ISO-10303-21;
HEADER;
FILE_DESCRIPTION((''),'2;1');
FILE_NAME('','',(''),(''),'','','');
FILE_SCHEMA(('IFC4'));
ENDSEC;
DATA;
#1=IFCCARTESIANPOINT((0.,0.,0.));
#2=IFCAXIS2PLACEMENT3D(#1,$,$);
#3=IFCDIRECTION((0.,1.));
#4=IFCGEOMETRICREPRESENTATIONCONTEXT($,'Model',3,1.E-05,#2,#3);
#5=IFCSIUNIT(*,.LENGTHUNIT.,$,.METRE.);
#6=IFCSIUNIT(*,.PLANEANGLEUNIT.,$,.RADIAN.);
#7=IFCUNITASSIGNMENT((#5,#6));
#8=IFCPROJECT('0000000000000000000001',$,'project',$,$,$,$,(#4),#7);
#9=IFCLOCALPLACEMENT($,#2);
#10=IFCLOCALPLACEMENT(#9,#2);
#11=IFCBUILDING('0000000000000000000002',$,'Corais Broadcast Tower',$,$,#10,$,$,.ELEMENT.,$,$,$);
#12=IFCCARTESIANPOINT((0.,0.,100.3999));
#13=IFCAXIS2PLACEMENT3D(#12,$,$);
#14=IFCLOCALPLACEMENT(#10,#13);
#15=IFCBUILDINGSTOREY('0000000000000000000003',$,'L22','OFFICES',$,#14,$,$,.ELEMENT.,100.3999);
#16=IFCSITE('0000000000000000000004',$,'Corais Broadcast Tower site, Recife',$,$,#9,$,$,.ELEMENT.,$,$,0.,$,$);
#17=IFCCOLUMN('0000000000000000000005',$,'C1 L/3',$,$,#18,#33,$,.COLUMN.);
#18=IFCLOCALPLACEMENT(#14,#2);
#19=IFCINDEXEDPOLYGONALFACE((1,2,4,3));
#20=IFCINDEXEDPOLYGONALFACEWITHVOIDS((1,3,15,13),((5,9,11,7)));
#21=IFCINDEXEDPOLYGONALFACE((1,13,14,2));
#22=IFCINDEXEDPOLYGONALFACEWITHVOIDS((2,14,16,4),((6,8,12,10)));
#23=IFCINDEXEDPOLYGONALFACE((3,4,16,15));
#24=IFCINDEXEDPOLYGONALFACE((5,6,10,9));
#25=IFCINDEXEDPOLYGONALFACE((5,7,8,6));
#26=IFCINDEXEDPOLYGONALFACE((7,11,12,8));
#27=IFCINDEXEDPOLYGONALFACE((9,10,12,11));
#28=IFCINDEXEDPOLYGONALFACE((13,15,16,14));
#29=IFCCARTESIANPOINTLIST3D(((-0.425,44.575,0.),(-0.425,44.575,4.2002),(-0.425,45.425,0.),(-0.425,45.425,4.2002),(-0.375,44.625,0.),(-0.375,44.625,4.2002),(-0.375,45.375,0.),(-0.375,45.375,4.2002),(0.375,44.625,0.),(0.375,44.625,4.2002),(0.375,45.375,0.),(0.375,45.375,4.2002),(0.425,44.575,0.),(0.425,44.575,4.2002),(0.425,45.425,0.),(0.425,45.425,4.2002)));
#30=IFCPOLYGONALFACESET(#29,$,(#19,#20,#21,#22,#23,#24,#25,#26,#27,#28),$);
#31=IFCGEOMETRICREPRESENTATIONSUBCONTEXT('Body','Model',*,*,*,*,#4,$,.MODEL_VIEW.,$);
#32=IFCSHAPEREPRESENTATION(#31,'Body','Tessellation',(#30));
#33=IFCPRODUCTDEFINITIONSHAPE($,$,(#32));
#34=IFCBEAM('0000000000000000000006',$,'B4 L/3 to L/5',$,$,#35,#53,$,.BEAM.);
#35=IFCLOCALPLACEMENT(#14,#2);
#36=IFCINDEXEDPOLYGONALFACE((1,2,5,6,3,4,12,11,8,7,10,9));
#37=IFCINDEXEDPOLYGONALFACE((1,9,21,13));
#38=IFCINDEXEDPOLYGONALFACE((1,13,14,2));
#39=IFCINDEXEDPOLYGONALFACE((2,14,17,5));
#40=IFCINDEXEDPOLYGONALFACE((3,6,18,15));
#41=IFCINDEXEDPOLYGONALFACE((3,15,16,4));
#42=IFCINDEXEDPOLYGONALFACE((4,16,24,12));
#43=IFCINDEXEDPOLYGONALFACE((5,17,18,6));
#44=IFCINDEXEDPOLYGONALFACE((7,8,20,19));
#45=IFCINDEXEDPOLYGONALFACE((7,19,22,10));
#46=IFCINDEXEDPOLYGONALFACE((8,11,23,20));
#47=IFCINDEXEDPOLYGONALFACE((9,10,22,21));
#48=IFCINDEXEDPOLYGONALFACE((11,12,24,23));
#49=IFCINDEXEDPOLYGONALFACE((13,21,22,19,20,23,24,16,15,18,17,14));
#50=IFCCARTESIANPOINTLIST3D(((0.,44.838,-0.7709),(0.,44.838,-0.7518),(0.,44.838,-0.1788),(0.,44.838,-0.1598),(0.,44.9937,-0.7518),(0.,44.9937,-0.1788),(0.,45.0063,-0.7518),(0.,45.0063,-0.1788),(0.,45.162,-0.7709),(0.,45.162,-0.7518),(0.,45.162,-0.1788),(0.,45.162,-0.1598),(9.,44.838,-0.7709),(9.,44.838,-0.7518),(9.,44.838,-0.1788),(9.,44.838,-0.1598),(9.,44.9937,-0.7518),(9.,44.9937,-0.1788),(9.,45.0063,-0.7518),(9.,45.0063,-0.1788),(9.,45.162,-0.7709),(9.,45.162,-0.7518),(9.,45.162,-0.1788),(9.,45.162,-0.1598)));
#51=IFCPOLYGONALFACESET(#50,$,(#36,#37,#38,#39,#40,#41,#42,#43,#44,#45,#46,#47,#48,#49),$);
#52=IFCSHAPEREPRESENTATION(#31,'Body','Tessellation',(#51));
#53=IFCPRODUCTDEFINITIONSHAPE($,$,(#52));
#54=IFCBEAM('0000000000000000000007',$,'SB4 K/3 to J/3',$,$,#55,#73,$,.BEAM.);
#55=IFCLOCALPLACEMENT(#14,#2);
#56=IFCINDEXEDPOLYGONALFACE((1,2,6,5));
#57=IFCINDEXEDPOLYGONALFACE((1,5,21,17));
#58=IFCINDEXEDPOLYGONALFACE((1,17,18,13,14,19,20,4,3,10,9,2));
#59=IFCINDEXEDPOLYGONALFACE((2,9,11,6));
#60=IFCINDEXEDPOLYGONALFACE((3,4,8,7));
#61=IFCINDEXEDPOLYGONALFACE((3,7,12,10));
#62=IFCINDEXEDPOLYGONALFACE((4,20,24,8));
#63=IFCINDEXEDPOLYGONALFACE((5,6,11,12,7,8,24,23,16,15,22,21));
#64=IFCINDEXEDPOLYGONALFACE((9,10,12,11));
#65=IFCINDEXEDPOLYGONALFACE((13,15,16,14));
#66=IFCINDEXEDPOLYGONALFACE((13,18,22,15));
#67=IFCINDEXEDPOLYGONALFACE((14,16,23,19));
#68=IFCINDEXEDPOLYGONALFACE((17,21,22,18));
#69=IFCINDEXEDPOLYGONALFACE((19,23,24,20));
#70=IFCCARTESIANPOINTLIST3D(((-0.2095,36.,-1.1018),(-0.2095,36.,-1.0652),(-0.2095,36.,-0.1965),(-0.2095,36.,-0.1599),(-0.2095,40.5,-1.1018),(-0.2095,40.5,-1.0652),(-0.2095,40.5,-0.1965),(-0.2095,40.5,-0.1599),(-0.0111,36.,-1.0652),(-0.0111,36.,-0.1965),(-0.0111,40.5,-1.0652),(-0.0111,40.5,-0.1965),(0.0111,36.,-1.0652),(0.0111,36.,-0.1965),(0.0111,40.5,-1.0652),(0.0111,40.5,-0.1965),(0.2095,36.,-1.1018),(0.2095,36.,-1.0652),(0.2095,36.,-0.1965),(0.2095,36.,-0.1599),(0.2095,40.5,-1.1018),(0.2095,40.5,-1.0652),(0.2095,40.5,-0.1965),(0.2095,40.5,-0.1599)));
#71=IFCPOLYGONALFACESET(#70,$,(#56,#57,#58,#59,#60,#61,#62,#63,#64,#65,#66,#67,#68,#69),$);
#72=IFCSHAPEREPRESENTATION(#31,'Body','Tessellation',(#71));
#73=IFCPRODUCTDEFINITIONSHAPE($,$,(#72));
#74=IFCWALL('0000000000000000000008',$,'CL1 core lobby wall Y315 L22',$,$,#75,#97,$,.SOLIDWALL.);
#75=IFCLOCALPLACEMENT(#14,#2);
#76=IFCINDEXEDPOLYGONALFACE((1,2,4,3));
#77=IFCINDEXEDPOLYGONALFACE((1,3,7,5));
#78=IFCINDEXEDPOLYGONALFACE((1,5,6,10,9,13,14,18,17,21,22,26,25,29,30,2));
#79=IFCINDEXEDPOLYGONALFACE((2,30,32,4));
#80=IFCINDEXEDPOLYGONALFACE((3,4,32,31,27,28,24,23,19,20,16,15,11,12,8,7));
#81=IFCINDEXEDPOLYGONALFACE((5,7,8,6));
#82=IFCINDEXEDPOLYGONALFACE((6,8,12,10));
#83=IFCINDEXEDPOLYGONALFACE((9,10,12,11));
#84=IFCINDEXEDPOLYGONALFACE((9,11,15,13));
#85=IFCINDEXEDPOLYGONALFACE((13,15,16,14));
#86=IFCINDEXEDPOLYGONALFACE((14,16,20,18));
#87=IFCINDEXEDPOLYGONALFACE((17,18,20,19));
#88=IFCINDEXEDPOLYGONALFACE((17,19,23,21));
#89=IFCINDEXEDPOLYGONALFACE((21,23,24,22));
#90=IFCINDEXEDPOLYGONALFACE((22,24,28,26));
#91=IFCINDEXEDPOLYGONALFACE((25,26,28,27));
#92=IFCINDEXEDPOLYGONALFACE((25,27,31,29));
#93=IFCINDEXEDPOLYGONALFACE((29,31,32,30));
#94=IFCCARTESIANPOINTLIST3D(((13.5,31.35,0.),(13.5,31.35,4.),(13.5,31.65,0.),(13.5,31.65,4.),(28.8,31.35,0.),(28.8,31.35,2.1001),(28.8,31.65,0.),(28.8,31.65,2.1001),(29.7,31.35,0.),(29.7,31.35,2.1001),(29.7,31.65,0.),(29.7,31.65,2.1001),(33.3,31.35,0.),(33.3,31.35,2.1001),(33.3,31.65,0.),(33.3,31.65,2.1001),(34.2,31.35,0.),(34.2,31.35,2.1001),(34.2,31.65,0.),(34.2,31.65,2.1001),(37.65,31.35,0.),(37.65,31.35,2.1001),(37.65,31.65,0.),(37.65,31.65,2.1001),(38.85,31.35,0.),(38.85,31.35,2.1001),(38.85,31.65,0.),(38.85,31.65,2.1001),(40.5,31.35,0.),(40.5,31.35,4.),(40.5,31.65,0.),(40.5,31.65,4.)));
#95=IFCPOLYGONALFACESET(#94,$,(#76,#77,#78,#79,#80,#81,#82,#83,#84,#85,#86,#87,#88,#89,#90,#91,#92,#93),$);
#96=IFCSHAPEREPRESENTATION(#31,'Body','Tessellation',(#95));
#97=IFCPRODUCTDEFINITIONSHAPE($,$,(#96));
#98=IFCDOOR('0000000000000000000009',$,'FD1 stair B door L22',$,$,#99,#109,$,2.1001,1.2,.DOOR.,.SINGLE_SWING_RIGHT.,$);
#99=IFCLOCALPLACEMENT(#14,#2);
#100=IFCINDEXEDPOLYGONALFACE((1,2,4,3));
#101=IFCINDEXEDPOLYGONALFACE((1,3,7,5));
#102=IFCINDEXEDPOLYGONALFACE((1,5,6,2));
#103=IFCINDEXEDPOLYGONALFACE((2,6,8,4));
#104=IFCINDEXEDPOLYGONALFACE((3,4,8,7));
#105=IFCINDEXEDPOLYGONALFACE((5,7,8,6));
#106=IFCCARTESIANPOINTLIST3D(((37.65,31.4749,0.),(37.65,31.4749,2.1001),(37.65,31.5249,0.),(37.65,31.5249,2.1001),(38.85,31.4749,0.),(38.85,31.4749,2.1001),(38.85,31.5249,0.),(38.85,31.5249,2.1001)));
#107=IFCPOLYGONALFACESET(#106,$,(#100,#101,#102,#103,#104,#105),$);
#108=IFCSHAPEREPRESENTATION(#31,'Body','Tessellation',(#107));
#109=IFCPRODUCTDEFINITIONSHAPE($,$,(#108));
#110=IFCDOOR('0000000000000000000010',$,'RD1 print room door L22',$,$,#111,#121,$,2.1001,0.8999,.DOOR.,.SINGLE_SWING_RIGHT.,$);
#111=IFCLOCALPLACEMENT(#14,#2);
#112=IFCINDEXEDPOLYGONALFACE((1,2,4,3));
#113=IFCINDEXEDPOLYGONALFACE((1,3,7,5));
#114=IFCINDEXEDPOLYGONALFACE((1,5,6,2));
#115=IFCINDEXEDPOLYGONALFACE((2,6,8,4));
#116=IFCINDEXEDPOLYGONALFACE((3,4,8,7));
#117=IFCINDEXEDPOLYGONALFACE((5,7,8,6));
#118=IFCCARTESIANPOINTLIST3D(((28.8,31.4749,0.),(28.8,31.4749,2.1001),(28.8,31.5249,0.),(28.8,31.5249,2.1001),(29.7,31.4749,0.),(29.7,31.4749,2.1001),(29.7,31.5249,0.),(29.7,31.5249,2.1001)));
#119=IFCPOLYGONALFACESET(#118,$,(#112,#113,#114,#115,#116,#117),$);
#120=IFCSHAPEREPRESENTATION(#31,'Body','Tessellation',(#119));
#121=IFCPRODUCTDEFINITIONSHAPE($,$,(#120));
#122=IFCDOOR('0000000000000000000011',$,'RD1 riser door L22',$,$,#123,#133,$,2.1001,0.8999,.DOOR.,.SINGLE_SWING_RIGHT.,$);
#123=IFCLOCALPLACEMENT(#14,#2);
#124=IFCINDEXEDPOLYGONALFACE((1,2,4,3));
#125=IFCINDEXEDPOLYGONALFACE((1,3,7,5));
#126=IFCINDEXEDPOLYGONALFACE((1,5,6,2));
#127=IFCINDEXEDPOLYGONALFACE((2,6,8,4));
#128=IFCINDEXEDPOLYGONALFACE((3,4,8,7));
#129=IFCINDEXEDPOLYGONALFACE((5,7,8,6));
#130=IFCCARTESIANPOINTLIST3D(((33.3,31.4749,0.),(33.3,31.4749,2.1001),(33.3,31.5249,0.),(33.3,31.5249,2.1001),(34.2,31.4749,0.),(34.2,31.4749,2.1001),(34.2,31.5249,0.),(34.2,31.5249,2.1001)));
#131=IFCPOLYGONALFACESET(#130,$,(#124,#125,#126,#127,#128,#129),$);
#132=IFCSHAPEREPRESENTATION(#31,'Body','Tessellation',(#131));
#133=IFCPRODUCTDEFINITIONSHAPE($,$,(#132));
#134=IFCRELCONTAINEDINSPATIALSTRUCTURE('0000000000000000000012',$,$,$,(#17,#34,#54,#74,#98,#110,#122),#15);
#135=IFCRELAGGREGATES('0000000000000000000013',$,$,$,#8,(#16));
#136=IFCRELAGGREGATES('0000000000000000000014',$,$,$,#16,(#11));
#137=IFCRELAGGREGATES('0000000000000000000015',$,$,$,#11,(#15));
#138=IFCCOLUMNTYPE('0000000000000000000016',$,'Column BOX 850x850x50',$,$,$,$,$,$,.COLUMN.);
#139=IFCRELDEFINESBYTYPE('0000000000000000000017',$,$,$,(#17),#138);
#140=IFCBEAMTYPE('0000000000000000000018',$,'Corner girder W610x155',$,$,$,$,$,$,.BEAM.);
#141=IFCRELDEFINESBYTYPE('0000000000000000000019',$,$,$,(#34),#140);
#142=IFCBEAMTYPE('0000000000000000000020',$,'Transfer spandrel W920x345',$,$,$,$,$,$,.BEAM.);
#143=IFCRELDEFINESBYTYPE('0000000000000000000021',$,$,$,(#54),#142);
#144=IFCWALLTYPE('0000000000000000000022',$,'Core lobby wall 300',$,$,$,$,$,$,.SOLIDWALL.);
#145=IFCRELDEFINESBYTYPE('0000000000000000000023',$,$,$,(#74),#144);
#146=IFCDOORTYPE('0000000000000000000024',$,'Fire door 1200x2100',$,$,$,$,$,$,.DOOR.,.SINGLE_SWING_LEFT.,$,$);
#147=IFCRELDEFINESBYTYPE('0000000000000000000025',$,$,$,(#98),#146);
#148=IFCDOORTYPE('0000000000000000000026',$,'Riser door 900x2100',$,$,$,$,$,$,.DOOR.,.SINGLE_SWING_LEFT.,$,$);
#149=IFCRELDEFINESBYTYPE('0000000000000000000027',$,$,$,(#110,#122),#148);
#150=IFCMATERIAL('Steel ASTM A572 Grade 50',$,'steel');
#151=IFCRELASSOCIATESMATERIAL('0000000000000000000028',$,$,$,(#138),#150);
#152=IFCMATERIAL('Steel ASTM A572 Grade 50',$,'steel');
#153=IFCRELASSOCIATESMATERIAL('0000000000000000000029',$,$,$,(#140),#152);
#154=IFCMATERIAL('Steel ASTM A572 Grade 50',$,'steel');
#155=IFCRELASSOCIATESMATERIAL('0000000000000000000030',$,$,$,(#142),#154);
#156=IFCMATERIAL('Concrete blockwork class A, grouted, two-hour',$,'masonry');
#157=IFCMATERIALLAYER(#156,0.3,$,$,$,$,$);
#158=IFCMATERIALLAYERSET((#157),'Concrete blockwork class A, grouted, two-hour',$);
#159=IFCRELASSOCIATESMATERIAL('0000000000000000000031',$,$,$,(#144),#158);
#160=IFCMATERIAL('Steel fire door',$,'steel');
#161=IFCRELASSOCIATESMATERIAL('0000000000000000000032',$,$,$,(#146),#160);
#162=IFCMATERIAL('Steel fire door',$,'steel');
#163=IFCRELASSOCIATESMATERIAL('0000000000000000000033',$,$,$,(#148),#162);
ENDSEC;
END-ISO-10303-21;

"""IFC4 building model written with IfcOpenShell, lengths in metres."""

from ifc_helpers import new_model, si_unit, direction, frame, frame_2d, origin, origin_2d, place, context, subcontext, project, spatial, rectangle, hollow_rectangle, i_section, extrude, material, layer, layer_set, material_profile, profile_set, type_object, element, fill, save


model = new_model("IFC4")

# Units and contexts
model_context = context("Model", 3, precision=1e-05, world=origin(), true_north=direction((0.0, 1.0)))
body_context = subcontext(model_context, "Body", "Model", "MODEL_VIEW")
ifc_project = project(units=[si_unit("LENGTHUNIT", "METRE"), si_unit("PLANEANGLEUNIT", "RADIAN")], contexts=[model_context])

# Site, building, storey
site_placement = place(None, origin())
site = spatial("IfcSite", under=ifc_project, at=site_placement, Name="Corais Broadcast Tower site, Recife", CompositionType="ELEMENT", RefElevation=0.0)
building_placement = place(site_placement, origin())
building = spatial("IfcBuilding", under=site, at=building_placement, Name="Corais Broadcast Tower", CompositionType="ELEMENT")
storey_placement = place(building_placement, frame((0.0, 0.0, 100.3999)))
storey = spatial("IfcBuildingStorey", under=building, at=storey_placement, Name="L22", Description="OFFICES", CompositionType="ELEMENT", Elevation=100.3999)

# Column
ifc_material_1 = material(Name="Steel ASTM A572 Grade 50", Category="steel")
ifc_material_profile_1 = material_profile(ifc_material_1, hollow_rectangle(XDim=0.8501, YDim=0.8501, WallThickness=0.05, at=origin_2d()), Name="BOX 850x850x50")
ifc_profile_set_1 = profile_set([ifc_material_profile_1], Name="Steel ASTM A572 Grade 50")
column_type = type_object("IfcColumnType", Name="Column BOX 850x850x50", PredefinedType="COLUMN", material=ifc_profile_set_1)
column_placement = place(storey_placement, frame((0.0, 45.0, 0.0), z_axis=(0.0, 0.0, 1.0), x_axis=(1.0, 0.0, 0.0)))
element("IfcColumn", 1, at=column_placement, inside=storey, type_object=column_type, Name="C1 L/3", PredefinedType="COLUMN", context=body_context, shape_type="SweptSolid", body=[
    extrude(hollow_rectangle(XDim=0.8501, YDim=0.8501, WallThickness=0.05, at=origin_2d()), origin(), (0.0, 0.0, 1.0), 4.2002),
])

# Beams
ifc_material_2 = material(Name="Steel ASTM A572 Grade 50", Category="steel")
ifc_material_profile_2 = material_profile(ifc_material_2, i_section(OverallWidth=0.324, OverallDepth=0.6111, WebThickness=0.0127, FlangeThickness=0.019, at=origin_2d()), Name="W610x155")
ifc_profile_set_2 = profile_set([ifc_material_profile_2], Name="Steel ASTM A572 Grade 50")
beam_type_1 = type_object("IfcBeamType", Name="Corner girder W610x155", PredefinedType="BEAM", material=ifc_profile_set_2)
beam_1_placement = place(storey_placement, frame((0.0, 45.0, -0.4653), z_axis=(1.0, 0.0, 0.0), x_axis=(0.0, 1.0, 0.0)))
element("IfcBeam", 2, at=beam_1_placement, inside=storey, type_object=beam_type_1, Name="B4 L/3 to L/5", PredefinedType="BEAM", context=body_context, shape_type="SweptSolid", body=[
    extrude(i_section(OverallWidth=0.324, OverallDepth=0.6111, WebThickness=0.0127, FlangeThickness=0.019, at=origin_2d()), origin(), (0.0, 0.0, 1.0), 9.0),
])
ifc_material_3 = material(Name="Steel ASTM A572 Grade 50", Category="steel")
ifc_material_profile_3 = material_profile(ifc_material_3, i_section(OverallWidth=0.4189, OverallDepth=0.9419, WebThickness=0.0222, FlangeThickness=0.0366, at=origin_2d()), Name="W920x345")
ifc_profile_set_3 = profile_set([ifc_material_profile_3], Name="Steel ASTM A572 Grade 50")
beam_type_2 = type_object("IfcBeamType", Name="Transfer spandrel W920x345", PredefinedType="BEAM", material=ifc_profile_set_3)
beam_2_placement = place(storey_placement, frame((0.0, 40.5, -0.6309), z_axis=(0.0, -1.0, 0.0), x_axis=(1.0, 0.0, 0.0)))
element("IfcBeam", 3, at=beam_2_placement, inside=storey, type_object=beam_type_2, Name="SB4 K/3 to J/3", PredefinedType="BEAM", context=body_context, shape_type="SweptSolid", body=[
    extrude(i_section(OverallWidth=0.4189, OverallDepth=0.9419, WebThickness=0.0222, FlangeThickness=0.0366, at=origin_2d()), origin(), (0.0, 0.0, 1.0), 4.5),
])

# Wall, openings, doors
ifc_material_4 = material(Name="Concrete blockwork class A, grouted, two-hour", Category="masonry")
ifc_layer_1 = layer(ifc_material_4, 0.3)
ifc_layer_set_1 = layer_set([ifc_layer_1], Name="Concrete blockwork class A, grouted, two-hour")
wall_type_1 = type_object("IfcWallType", Name="Core lobby wall 300", PredefinedType="SOLIDWALL", material=ifc_layer_set_1)
wall_1_placement = place(storey_placement, frame((13.5, 31.5, 0.0), z_axis=(0.0, 0.0, 1.0), x_axis=(1.0, 0.0, 0.0)))
wall_1 = element("IfcWall", 4, at=wall_1_placement, inside=storey, type_object=wall_type_1, Name="CL1 core lobby wall Y315 L22", PredefinedType="SOLIDWALL", context=body_context, shape_type="SweptSolid", body=[
    extrude(rectangle(XDim=27.0, YDim=0.3, at=frame_2d((13.5, 0.0))), origin(), (0.0, 0.0, 1.0), 4.0),
])
opening_1_placement = place(wall_1_placement, frame((24.1499, 0.0, 0.0)))
opening_1 = element("IfcOpeningElement", 5, at=opening_1_placement, cuts=wall_1, PredefinedType="OPENING", context=body_context, shape_type="SweptSolid", body=[
    extrude(rectangle(XDim=1.2, YDim=2.1001, at=frame_2d((0.6001, 1.05))), frame((0.0, 0.1599, 0.0), z_axis=(0.0, -1.0, 0.0), x_axis=(1.0, 0.0, 0.0)), (0.0, 0.0, 1.0), 0.3201),
])
opening_2_placement = place(wall_1_placement, frame((15.3, 0.0, 0.0)))
opening_2 = element("IfcOpeningElement", 6, at=opening_2_placement, cuts=wall_1, PredefinedType="OPENING", context=body_context, shape_type="SweptSolid", body=[
    extrude(rectangle(XDim=0.8999, YDim=2.1001, at=frame_2d((0.45, 1.05))), frame((0.0, 0.1599, 0.0), z_axis=(0.0, -1.0, 0.0), x_axis=(1.0, 0.0, 0.0)), (0.0, 0.0, 1.0), 0.3201),
])
opening_3_placement = place(wall_1_placement, frame((19.8, 0.0, 0.0)))
opening_3 = element("IfcOpeningElement", 7, at=opening_3_placement, cuts=wall_1, PredefinedType="OPENING", context=body_context, shape_type="SweptSolid", body=[
    extrude(rectangle(XDim=0.8999, YDim=2.1001, at=frame_2d((0.45, 1.05))), frame((0.0, 0.1599, 0.0), z_axis=(0.0, -1.0, 0.0), x_axis=(1.0, 0.0, 0.0)), (0.0, 0.0, 1.0), 0.3201),
])
ifc_material_5 = material(Name="Steel fire door", Category="steel")
door_type_1 = type_object("IfcDoorType", Name="Fire door 1200x2100", OperationType="SINGLE_SWING_LEFT", PredefinedType="DOOR", material=ifc_material_5)
door_1_placement = place(opening_1_placement, origin())
door_1 = element("IfcDoor", 8, at=door_1_placement, inside=storey, type_object=door_type_1, Name="FD1 stair B door L22", OperationType="SINGLE_SWING_RIGHT", OverallHeight=2.1001, OverallWidth=1.2, PredefinedType="DOOR", context=body_context, shape_type="SweptSolid", body=[
    extrude(rectangle(XDim=1.2, YDim=2.1001, at=frame_2d((0.6001, 1.05))), frame((0.0, 0.0249, 0.0), z_axis=(0.0, -1.0, 0.0), x_axis=(1.0, 0.0, 0.0)), (0.0, 0.0, 1.0), 0.05),
])
fill(opening_1, door_1)
ifc_material_6 = material(Name="Steel fire door", Category="steel")
door_type_2 = type_object("IfcDoorType", Name="Riser door 900x2100", OperationType="SINGLE_SWING_LEFT", PredefinedType="DOOR", material=ifc_material_6)
door_2_placement = place(opening_2_placement, origin())
door_2 = element("IfcDoor", 9, at=door_2_placement, inside=storey, type_object=door_type_2, Name="RD1 print room door L22", OperationType="SINGLE_SWING_RIGHT", OverallHeight=2.1001, OverallWidth=0.8999, PredefinedType="DOOR", context=body_context, shape_type="SweptSolid", body=[
    extrude(rectangle(XDim=0.8999, YDim=2.1001, at=frame_2d((0.45, 1.05))), frame((0.0, 0.0249, 0.0), z_axis=(0.0, -1.0, 0.0), x_axis=(1.0, 0.0, 0.0)), (0.0, 0.0, 1.0), 0.05),
])
fill(opening_2, door_2)
door_3_placement = place(opening_3_placement, origin())
door_3 = element("IfcDoor", 10, at=door_3_placement, inside=storey, type_object=door_type_2, Name="RD1 riser door L22", OperationType="SINGLE_SWING_RIGHT", OverallHeight=2.1001, OverallWidth=0.8999, PredefinedType="DOOR", context=body_context, shape_type="SweptSolid", body=[
    extrude(rectangle(XDim=0.8999, YDim=2.1001, at=frame_2d((0.45, 1.05))), frame((0.0, 0.0249, 0.0), z_axis=(0.0, -1.0, 0.0), x_axis=(1.0, 0.0, 0.0)), (0.0, 0.0, 1.0), 0.05),
])
fill(opening_3, door_3)

save(model, "model.ifc")
